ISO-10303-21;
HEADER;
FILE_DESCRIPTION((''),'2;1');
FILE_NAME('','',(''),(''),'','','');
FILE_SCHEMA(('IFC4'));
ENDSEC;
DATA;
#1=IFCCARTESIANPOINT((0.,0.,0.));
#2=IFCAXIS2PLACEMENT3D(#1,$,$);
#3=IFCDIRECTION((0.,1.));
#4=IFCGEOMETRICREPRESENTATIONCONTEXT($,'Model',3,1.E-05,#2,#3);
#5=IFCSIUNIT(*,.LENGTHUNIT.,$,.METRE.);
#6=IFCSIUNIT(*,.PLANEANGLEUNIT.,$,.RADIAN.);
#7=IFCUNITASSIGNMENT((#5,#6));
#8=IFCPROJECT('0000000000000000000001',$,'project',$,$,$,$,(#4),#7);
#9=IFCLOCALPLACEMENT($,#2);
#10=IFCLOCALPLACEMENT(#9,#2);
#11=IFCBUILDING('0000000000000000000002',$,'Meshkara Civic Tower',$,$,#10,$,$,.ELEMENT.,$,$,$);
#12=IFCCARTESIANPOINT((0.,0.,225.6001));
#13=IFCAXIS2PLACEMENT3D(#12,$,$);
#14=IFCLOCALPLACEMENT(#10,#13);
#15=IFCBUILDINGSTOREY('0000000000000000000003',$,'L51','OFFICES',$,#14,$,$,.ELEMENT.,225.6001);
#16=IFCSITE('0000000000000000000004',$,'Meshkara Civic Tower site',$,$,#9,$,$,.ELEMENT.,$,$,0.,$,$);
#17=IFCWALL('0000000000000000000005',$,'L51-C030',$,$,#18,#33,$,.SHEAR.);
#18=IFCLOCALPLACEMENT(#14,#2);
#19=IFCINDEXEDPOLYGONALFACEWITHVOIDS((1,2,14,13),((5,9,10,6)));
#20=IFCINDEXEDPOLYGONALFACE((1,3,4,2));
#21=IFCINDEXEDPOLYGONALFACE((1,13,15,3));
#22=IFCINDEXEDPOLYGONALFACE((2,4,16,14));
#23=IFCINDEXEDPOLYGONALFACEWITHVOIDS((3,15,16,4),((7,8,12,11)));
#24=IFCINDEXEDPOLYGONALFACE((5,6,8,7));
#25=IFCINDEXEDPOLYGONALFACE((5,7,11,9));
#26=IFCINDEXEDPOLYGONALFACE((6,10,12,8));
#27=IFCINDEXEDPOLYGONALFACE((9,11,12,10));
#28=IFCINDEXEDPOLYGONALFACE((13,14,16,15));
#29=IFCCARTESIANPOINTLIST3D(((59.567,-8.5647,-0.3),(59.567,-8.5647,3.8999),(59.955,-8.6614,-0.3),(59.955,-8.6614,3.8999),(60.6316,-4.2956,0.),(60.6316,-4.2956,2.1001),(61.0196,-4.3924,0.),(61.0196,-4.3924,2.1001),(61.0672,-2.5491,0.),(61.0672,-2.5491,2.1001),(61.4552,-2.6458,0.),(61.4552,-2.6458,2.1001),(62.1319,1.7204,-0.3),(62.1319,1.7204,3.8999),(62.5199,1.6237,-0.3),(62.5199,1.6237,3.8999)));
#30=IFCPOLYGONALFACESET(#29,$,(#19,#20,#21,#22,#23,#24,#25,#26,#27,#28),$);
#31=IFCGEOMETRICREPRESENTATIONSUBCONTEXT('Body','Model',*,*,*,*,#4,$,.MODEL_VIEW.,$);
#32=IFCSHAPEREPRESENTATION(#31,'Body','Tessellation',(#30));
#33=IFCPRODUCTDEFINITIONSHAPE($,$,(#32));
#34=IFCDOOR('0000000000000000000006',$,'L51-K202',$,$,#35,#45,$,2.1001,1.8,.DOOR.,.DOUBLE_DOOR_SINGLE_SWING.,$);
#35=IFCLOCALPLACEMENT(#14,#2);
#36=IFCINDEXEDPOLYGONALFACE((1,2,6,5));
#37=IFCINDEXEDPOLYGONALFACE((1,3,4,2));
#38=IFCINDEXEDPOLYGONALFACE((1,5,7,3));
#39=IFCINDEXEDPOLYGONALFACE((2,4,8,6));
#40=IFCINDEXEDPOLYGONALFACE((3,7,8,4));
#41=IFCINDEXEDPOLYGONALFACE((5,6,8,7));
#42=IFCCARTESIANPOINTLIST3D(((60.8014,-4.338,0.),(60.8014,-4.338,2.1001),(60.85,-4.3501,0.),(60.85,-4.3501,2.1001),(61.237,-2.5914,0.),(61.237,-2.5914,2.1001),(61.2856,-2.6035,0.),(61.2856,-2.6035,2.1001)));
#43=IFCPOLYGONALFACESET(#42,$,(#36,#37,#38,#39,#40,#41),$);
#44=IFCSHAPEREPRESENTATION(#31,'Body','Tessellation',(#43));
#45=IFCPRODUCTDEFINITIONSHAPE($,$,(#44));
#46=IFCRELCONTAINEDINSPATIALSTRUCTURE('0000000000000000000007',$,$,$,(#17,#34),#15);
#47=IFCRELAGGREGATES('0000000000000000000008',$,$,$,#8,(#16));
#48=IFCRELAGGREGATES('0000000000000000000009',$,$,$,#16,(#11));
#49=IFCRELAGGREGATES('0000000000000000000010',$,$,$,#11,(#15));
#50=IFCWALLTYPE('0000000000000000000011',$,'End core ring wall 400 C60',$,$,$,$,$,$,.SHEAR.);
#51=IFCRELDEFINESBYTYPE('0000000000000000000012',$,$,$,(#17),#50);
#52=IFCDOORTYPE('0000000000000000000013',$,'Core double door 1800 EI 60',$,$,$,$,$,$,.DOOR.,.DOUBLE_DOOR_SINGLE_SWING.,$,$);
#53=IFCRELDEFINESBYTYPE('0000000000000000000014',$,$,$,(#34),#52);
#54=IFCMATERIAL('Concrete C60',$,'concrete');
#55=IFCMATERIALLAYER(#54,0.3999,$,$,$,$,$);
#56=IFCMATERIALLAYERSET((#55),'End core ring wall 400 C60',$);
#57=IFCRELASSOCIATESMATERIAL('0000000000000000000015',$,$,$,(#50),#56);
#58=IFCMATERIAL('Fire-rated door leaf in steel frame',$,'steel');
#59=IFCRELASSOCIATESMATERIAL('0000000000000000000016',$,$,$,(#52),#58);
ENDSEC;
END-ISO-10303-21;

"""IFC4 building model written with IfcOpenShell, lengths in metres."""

from ifc_helpers import new_model, si_unit, direction, frame, frame_2d, origin, place, context, subcontext, project, spatial, rectangle, extrude, material, layer, layer_set, type_object, element, fill, save


model = new_model("IFC4")

# Units and contexts
model_context = context("Model", 3, precision=1e-05, world=origin(), true_north=direction((0.0, 1.0)))
body_context = subcontext(model_context, "Body", "Model", "MODEL_VIEW")
ifc_project = project(units=[si_unit("LENGTHUNIT", "METRE"), si_unit("PLANEANGLEUNIT", "RADIAN")], contexts=[model_context])

# Site, building, storey
site_placement = place(None, origin())
site = spatial("IfcSite", under=ifc_project, at=site_placement, Name="Meshkara Civic Tower site", CompositionType="ELEMENT", RefElevation=0.0)
building_placement = place(site_placement, origin())
building = spatial("IfcBuilding", under=site, at=building_placement, Name="Meshkara Civic Tower", CompositionType="ELEMENT")
storey_placement = place(building_placement, frame((0.0, 0.0, 225.6001)))
storey = spatial("IfcBuildingStorey", under=building, at=storey_placement, Name="L51", Description="OFFICES", CompositionType="ELEMENT", Elevation=225.6001)

# Shared definitions
ifc_material_1 = material(Name="Concrete C60", Category="concrete")
ifc_layer_1 = layer(ifc_material_1, 0.3999)
ifc_layer_set_1 = layer_set([ifc_layer_1], Name="End core ring wall 400 C60")
wall_type_1 = type_object("IfcWallType", Name="End core ring wall 400 C60", PredefinedType="SHEAR", material=ifc_layer_set_1)

# Wall, opening, door
wall_1_placement = place(storey_placement, frame((59.761, -8.613, -0.3), z_axis=(0.0, 0.0, 1.0), x_axis=(0.241972, 0.970283, 0.0)))
wall_1 = element("IfcWall", 1, at=wall_1_placement, inside=storey, type_object=wall_type_1, Name="L51-C030", PredefinedType="SHEAR", context=body_context, shape_type="SweptSolid", body=[
    extrude(rectangle(XDim=10.6001, YDim=0.3999, at=frame_2d((5.3, 0.0))), origin(), (0.0, 0.0, 1.0), 4.2),
])
opening_1_placement = place(wall_1_placement, frame((4.3999, 0.0, 0.3)))
opening_1 = element("IfcOpeningElement", 2, at=opening_1_placement, cuts=wall_1, PredefinedType="OPENING", context=body_context, shape_type="SweptSolid", body=[
    extrude(rectangle(XDim=1.8, YDim=2.1001, at=frame_2d((0.8999, 1.05))), frame((0.0, 0.21, 0.0), z_axis=(0.0, -1.0, 0.0), x_axis=(1.0, 0.0, 0.0)), (0.0, 0.0, 1.0), 0.4199),
])
ifc_material_2 = material(Name="Fire-rated door leaf in steel frame", Category="steel")
door_type_1 = type_object("IfcDoorType", Name="Core double door 1800 EI 60", OperationType="DOUBLE_DOOR_SINGLE_SWING", PredefinedType="DOOR", material=ifc_material_2)
door_1_placement = place(opening_1_placement, origin())
door_1 = element("IfcDoor", 3, at=door_1_placement, inside=storey, type_object=door_type_1, Name="L51-K202", OperationType="DOUBLE_DOOR_SINGLE_SWING", OverallHeight=2.1001, OverallWidth=1.8, PredefinedType="DOOR", context=body_context, shape_type="SweptSolid", body=[
    extrude(rectangle(XDim=1.8, YDim=2.1001, at=frame_2d((0.8999, 1.05))), frame((0.0, 0.0249, 0.0), z_axis=(0.0, -1.0, 0.0), x_axis=(1.0, 0.0, 0.0)), (0.0, 0.0, 1.0), 0.05),
])
fill(opening_1, door_1)

save(model, "model.ifc")
